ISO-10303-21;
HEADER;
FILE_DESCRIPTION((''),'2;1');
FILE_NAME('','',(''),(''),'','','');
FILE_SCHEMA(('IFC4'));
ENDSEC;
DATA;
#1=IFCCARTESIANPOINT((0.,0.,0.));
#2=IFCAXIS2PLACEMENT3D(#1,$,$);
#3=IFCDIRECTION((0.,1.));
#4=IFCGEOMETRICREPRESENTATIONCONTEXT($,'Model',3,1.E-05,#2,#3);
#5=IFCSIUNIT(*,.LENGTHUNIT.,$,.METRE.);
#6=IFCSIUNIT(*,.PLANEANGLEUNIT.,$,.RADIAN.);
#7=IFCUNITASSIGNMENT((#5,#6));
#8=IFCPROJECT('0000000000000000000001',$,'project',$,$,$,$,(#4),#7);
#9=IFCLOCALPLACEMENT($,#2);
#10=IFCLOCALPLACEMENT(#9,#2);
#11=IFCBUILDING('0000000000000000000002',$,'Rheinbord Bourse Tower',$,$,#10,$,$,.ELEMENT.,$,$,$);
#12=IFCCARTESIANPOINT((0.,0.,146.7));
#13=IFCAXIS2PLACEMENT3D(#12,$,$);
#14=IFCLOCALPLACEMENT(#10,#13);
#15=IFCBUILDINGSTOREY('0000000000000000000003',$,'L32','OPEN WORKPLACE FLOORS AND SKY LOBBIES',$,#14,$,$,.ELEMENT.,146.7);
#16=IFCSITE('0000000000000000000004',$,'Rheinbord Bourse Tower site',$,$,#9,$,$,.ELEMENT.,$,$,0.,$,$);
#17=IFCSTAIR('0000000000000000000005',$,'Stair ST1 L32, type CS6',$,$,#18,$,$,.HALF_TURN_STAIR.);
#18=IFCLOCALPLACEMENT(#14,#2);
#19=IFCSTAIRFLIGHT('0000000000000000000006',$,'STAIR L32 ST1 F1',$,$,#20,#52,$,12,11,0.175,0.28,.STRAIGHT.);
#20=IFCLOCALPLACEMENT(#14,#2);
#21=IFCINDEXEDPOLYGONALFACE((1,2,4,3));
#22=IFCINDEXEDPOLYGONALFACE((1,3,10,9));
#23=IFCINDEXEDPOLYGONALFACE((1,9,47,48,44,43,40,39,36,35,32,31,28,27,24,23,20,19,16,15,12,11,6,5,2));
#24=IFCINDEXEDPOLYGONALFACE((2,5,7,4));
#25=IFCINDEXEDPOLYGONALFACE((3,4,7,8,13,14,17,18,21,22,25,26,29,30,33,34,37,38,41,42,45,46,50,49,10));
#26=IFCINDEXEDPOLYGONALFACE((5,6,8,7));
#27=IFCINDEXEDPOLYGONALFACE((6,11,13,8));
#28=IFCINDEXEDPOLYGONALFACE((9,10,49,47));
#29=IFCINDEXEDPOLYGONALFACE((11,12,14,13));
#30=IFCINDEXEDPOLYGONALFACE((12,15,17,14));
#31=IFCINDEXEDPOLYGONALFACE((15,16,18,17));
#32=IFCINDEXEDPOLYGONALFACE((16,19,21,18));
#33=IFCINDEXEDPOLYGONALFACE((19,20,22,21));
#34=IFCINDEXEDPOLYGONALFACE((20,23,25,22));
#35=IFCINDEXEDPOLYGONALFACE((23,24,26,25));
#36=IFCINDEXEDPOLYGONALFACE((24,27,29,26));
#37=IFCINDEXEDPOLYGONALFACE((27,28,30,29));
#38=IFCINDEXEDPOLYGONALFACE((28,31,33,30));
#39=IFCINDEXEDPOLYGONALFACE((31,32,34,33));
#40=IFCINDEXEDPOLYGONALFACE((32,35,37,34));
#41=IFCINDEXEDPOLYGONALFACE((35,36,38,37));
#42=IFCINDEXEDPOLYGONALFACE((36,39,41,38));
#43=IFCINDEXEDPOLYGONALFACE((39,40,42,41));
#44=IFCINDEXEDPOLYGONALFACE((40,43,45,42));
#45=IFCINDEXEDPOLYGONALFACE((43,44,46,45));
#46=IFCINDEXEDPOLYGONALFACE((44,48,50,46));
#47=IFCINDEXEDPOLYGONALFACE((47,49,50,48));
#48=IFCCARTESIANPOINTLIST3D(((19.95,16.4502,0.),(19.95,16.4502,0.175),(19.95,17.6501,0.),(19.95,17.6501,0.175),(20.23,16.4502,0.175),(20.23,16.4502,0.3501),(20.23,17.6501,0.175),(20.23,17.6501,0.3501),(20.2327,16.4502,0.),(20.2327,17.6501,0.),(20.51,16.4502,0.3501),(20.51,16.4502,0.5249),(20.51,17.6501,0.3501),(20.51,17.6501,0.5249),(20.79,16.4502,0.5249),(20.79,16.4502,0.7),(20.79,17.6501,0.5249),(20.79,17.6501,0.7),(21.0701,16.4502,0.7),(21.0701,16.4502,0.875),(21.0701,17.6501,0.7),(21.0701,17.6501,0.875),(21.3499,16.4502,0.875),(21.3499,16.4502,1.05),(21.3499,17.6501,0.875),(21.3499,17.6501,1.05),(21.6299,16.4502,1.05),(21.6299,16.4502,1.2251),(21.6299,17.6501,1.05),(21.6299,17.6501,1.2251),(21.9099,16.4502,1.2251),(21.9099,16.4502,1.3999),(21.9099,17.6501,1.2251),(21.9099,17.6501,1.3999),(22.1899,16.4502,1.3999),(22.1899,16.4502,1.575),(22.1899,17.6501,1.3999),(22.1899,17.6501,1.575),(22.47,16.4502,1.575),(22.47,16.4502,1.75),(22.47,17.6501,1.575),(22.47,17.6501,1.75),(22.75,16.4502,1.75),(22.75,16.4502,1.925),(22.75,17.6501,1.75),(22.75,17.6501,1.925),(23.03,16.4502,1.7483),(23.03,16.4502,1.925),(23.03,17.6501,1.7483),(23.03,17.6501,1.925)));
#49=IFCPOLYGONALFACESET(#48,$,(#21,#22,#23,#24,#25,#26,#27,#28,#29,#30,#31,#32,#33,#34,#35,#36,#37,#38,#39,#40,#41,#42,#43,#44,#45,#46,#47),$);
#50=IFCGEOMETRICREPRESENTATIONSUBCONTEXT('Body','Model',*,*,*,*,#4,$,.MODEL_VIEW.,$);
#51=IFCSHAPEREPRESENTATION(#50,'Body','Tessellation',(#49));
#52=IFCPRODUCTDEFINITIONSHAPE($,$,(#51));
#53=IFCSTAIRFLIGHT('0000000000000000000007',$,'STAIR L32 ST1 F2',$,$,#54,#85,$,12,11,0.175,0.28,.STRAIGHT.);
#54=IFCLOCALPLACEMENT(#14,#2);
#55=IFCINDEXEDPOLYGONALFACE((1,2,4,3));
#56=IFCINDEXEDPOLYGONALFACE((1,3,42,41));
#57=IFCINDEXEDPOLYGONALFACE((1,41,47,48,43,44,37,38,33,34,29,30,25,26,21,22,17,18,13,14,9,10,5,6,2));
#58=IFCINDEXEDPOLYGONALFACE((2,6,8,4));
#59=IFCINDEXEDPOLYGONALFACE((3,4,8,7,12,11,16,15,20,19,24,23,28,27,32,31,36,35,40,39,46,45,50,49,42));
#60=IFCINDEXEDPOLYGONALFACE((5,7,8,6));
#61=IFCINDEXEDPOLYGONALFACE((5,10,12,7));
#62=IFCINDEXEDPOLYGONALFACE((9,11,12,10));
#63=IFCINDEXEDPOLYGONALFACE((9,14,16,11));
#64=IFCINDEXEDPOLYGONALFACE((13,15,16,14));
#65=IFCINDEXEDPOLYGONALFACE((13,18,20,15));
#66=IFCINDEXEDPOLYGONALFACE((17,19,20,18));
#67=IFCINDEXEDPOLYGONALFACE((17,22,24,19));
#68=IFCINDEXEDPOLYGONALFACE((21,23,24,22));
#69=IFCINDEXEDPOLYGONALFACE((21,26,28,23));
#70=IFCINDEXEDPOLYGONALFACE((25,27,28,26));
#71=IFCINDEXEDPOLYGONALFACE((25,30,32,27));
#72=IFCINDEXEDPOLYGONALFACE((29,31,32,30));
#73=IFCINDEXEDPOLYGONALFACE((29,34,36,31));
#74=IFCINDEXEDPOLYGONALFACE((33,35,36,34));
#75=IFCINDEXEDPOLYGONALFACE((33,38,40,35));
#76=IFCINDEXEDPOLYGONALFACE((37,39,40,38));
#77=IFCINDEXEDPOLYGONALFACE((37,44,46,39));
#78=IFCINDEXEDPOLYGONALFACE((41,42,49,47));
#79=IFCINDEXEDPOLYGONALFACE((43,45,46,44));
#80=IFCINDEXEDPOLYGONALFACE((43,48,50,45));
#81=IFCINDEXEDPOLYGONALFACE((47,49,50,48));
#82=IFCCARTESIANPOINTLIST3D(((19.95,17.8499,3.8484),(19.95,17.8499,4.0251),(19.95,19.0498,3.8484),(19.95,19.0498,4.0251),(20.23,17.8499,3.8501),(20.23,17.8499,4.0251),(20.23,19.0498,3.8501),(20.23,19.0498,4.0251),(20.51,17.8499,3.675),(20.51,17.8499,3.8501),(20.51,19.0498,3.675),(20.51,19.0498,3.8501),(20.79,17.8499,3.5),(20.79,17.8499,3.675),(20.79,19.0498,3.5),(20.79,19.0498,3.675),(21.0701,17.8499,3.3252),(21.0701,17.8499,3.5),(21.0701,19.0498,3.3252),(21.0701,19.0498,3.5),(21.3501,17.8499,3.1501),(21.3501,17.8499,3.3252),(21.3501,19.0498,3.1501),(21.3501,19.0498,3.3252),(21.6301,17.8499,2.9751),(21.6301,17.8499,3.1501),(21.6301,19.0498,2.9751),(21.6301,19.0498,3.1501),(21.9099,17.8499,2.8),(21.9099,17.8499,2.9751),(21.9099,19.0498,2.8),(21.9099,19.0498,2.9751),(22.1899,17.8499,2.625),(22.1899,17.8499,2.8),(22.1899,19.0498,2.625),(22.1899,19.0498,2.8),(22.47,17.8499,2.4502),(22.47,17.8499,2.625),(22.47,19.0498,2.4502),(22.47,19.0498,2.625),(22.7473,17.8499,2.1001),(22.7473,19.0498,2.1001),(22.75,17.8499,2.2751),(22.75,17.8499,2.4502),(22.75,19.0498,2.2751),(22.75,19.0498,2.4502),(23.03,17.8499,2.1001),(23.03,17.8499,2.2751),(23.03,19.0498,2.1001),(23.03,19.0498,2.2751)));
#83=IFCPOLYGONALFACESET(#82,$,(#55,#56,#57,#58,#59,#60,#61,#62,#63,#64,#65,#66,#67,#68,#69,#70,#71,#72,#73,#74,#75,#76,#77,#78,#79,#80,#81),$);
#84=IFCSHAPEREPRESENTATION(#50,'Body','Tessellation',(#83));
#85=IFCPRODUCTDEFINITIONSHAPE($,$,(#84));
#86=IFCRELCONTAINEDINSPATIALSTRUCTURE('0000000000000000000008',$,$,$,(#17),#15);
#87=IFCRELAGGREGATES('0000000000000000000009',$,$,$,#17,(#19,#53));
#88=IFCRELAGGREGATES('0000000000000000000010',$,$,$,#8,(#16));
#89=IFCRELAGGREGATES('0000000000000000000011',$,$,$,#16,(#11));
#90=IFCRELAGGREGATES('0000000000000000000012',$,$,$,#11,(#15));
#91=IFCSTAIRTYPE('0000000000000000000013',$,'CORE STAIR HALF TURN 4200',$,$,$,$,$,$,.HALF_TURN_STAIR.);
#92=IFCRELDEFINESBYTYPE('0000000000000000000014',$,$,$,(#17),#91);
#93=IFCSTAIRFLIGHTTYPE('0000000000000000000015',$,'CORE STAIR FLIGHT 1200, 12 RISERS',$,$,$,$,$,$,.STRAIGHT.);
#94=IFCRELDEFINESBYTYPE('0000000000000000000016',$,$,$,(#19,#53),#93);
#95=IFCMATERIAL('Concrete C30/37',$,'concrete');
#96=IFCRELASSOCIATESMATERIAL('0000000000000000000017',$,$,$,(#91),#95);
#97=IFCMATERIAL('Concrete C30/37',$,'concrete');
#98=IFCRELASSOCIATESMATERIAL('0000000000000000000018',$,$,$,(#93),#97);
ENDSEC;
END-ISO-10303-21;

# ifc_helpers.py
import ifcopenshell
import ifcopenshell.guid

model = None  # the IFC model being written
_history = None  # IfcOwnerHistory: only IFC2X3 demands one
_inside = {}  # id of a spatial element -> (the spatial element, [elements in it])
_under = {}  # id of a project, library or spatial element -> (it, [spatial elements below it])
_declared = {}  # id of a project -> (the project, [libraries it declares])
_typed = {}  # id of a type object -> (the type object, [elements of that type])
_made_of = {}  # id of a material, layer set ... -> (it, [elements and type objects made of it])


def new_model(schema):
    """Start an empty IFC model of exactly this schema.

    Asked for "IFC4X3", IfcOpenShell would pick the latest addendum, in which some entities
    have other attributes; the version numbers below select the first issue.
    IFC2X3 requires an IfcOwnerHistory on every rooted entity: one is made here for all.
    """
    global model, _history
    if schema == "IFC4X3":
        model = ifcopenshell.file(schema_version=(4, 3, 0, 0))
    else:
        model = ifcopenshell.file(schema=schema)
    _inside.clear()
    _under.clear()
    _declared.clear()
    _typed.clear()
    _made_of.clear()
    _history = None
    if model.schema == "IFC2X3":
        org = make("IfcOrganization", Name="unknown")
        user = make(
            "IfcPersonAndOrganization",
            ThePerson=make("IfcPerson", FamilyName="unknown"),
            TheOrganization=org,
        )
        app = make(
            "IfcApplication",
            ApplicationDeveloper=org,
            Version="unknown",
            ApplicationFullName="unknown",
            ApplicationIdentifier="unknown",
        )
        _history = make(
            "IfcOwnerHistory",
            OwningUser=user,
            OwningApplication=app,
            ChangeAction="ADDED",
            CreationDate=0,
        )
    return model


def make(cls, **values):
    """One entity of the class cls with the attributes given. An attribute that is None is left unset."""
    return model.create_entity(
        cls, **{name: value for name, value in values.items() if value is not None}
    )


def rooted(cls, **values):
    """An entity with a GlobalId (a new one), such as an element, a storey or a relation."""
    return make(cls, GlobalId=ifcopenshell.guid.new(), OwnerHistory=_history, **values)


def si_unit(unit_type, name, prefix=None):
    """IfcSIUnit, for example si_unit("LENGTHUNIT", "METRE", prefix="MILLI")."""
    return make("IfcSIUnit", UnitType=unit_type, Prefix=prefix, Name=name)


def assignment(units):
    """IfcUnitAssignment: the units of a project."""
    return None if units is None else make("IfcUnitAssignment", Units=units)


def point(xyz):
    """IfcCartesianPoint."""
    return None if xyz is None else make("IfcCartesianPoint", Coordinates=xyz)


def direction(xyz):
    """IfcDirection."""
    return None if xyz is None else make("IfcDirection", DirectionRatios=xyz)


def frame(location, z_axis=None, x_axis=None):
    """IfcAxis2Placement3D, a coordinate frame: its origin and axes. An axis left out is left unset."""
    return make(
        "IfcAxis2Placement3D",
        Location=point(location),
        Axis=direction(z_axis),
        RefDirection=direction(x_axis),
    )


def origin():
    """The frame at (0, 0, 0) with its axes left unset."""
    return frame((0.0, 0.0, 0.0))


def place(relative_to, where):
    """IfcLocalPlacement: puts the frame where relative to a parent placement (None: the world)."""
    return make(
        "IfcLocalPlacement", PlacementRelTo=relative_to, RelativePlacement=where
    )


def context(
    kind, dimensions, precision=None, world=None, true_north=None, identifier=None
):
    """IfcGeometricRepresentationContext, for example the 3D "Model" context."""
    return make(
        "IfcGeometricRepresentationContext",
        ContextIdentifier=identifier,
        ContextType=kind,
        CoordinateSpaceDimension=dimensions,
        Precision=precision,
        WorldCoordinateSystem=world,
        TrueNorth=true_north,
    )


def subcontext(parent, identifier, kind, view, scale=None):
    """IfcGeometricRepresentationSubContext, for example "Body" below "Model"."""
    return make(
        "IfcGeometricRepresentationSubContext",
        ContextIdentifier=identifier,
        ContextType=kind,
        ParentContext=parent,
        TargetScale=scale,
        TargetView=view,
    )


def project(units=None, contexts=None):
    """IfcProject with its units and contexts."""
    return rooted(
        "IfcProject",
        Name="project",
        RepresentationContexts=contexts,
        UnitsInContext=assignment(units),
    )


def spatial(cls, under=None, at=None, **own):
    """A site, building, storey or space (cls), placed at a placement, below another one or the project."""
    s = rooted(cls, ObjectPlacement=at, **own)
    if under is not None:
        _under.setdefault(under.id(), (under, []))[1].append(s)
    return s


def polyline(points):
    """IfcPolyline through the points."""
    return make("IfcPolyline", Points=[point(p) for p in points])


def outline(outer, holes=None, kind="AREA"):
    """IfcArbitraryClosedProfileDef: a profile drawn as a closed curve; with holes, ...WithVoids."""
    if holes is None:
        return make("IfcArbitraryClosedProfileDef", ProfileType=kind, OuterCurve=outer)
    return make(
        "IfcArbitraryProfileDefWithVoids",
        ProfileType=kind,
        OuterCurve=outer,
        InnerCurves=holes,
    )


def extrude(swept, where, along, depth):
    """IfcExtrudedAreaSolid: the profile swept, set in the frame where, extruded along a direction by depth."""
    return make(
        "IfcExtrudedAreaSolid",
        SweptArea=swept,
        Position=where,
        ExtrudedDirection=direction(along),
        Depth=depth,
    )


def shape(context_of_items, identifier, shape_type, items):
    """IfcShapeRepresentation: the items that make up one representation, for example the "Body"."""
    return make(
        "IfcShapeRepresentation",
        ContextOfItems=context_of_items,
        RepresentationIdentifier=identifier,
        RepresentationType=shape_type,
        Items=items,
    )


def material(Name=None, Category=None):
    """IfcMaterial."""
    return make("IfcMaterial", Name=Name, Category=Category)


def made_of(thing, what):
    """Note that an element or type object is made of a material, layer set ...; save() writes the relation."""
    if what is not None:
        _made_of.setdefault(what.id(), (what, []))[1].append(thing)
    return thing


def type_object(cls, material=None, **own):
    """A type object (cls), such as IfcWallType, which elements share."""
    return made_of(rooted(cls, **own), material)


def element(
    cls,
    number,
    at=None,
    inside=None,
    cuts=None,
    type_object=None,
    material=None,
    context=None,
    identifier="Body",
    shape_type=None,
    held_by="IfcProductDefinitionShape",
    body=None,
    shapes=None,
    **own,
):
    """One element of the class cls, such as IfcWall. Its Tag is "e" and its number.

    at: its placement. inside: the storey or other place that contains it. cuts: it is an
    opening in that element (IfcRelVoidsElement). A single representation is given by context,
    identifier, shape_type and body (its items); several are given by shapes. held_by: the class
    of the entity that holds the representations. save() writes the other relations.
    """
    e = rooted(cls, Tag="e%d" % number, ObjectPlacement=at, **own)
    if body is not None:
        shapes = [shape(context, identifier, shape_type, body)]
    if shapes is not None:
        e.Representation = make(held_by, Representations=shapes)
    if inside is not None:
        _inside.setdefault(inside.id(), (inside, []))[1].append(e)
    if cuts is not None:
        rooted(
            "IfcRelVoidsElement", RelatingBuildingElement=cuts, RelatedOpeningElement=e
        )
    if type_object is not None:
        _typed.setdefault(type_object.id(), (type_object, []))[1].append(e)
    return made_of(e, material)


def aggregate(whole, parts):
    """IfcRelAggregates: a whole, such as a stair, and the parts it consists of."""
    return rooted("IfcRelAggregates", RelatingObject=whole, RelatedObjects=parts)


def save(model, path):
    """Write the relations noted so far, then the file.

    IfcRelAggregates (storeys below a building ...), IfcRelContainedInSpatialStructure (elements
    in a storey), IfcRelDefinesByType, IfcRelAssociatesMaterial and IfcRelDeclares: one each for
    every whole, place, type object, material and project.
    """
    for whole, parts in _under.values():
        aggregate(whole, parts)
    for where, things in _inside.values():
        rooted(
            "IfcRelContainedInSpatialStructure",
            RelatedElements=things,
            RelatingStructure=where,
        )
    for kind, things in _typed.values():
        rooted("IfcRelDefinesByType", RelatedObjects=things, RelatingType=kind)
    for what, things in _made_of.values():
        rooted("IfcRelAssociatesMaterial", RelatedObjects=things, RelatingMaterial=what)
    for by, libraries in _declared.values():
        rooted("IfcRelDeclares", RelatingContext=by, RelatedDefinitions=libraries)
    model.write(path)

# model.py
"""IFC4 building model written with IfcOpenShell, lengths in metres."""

from ifc_helpers import new_model, si_unit, direction, frame, origin, place, context, subcontext, project, spatial, polyline, outline, extrude, material, type_object, element, aggregate, save


model = new_model("IFC4")

# Units and contexts
model_context = context("Model", 3, precision=1e-05, world=origin(), true_north=direction((0.0, 1.0)))
body_context = subcontext(model_context, "Body", "Model", "MODEL_VIEW")
ifc_project = project(units=[si_unit("LENGTHUNIT", "METRE"), si_unit("PLANEANGLEUNIT", "RADIAN")], contexts=[model_context])

# Site, building, storey
site_placement = place(None, origin())
site = spatial("IfcSite", under=ifc_project, at=site_placement, Name="Rheinbord Bourse Tower site", CompositionType="ELEMENT", RefElevation=0.0)
building_placement = place(site_placement, origin())
building = spatial("IfcBuilding", under=site, at=building_placement, Name="Rheinbord Bourse Tower", CompositionType="ELEMENT")
storey_placement = place(building_placement, frame((0.0, 0.0, 146.7)))
storey = spatial("IfcBuildingStorey", under=building, at=storey_placement, Name="L32", Description="OPEN WORKPLACE FLOORS AND SKY LOBBIES", CompositionType="ELEMENT", Elevation=146.7)

# Stair, stair flights
ifc_material_1 = material(Name="Concrete C30/37", Category="concrete")
stair_type = type_object("IfcStairType", Name="CORE STAIR HALF TURN 4200", PredefinedType="HALF_TURN_STAIR", material=ifc_material_1)
stair_placement = place(storey_placement, origin())
stair = element("IfcStair", 1, at=stair_placement, inside=storey, type_object=stair_type, Name="Stair ST1 L32, type CS6", PredefinedType="HALF_TURN_STAIR")
ifc_material_2 = material(Name="Concrete C30/37", Category="concrete")
stair_flight_type = type_object("IfcStairFlightType", Name="CORE STAIR FLIGHT 1200, 12 RISERS", PredefinedType="STRAIGHT", material=ifc_material_2)
stair_flight_1_placement = place(storey_placement, frame((19.95, 17.05, 0.0), z_axis=(0.0, 0.0, 1.0), x_axis=(1.0, 0.0, 0.0)))
stair_flight_1 = element("IfcStairFlight", 2, at=stair_flight_1_placement, type_object=stair_flight_type, Name="STAIR L32 ST1 F1", NumberOfRisers=12, NumberOfTreads=11, PredefinedType="STRAIGHT", RiserHeight=0.175, TreadLength=0.28, context=body_context, shape_type="SweptSolid", body=[
    extrude(outline(polyline([(0.0, 0.0), (0.0, 0.175), (0.28, 0.175), (0.28, 0.3501), (0.5601, 0.3501), (0.5601, 0.5249), (0.8401, 0.5249), (0.8401, 0.7), (1.1201, 0.7), (1.1201, 0.875), (1.3999, 0.875), (1.3999, 1.05), (1.6799, 1.05), (1.6799, 1.2251), (1.96, 1.2251), (1.96, 1.3999), (2.24, 1.3999), (2.24, 1.575), (2.52, 1.575), (2.52, 1.75), (2.8, 1.75), (2.8, 1.925), (3.0801, 1.925), (3.0801, 2.1001), (3.0801, 1.7483), (0.2827, 0.0), (0.0, 0.0)])), frame((0.0, 0.6001, 0.0), z_axis=(0.0, -1.0, 0.0), x_axis=(1.0, 0.0, 0.0)), (0.0, 0.0, 1.0), 1.2),
])
stair_flight_2_placement = place(storey_placement, frame((23.03, 18.45, 2.1001), z_axis=(0.0, 0.0, 1.0), x_axis=(-1.0, 0.0, 0.0)))
stair_flight_2 = element("IfcStairFlight", 3, at=stair_flight_2_placement, type_object=stair_flight_type, Name="STAIR L32 ST1 F2", NumberOfRisers=12, NumberOfTreads=11, PredefinedType="STRAIGHT", RiserHeight=0.175, TreadLength=0.28, context=body_context, shape_type="SweptSolid", body=[
    extrude(outline(polyline([(0.0, 0.0), (0.0, 0.175), (0.28, 0.175), (0.28, 0.3501), (0.5601, 0.3501), (0.5601, 0.5249), (0.8401, 0.5249), (0.8401, 0.7), (1.1201, 0.7), (1.1201, 0.875), (1.3999, 0.875), (1.3999, 1.05), (1.6799, 1.05), (1.6799, 1.2251), (1.96, 1.2251), (1.96, 1.3999), (2.24, 1.3999), (2.24, 1.575), (2.52, 1.575), (2.52, 1.75), (2.8, 1.75), (2.8, 1.925), (3.0801, 1.925), (3.0801, 2.1001), (3.0801, 1.7483), (0.2827, 0.0), (0.0, 0.0)])), frame((0.0, 0.6001, 0.0), z_axis=(0.0, -1.0, 0.0), x_axis=(1.0, 0.0, 0.0)), (0.0, 0.0, 1.0), 1.2),
])
aggregate(stair, [stair_flight_1, stair_flight_2])

save(model, "model.ifc")
